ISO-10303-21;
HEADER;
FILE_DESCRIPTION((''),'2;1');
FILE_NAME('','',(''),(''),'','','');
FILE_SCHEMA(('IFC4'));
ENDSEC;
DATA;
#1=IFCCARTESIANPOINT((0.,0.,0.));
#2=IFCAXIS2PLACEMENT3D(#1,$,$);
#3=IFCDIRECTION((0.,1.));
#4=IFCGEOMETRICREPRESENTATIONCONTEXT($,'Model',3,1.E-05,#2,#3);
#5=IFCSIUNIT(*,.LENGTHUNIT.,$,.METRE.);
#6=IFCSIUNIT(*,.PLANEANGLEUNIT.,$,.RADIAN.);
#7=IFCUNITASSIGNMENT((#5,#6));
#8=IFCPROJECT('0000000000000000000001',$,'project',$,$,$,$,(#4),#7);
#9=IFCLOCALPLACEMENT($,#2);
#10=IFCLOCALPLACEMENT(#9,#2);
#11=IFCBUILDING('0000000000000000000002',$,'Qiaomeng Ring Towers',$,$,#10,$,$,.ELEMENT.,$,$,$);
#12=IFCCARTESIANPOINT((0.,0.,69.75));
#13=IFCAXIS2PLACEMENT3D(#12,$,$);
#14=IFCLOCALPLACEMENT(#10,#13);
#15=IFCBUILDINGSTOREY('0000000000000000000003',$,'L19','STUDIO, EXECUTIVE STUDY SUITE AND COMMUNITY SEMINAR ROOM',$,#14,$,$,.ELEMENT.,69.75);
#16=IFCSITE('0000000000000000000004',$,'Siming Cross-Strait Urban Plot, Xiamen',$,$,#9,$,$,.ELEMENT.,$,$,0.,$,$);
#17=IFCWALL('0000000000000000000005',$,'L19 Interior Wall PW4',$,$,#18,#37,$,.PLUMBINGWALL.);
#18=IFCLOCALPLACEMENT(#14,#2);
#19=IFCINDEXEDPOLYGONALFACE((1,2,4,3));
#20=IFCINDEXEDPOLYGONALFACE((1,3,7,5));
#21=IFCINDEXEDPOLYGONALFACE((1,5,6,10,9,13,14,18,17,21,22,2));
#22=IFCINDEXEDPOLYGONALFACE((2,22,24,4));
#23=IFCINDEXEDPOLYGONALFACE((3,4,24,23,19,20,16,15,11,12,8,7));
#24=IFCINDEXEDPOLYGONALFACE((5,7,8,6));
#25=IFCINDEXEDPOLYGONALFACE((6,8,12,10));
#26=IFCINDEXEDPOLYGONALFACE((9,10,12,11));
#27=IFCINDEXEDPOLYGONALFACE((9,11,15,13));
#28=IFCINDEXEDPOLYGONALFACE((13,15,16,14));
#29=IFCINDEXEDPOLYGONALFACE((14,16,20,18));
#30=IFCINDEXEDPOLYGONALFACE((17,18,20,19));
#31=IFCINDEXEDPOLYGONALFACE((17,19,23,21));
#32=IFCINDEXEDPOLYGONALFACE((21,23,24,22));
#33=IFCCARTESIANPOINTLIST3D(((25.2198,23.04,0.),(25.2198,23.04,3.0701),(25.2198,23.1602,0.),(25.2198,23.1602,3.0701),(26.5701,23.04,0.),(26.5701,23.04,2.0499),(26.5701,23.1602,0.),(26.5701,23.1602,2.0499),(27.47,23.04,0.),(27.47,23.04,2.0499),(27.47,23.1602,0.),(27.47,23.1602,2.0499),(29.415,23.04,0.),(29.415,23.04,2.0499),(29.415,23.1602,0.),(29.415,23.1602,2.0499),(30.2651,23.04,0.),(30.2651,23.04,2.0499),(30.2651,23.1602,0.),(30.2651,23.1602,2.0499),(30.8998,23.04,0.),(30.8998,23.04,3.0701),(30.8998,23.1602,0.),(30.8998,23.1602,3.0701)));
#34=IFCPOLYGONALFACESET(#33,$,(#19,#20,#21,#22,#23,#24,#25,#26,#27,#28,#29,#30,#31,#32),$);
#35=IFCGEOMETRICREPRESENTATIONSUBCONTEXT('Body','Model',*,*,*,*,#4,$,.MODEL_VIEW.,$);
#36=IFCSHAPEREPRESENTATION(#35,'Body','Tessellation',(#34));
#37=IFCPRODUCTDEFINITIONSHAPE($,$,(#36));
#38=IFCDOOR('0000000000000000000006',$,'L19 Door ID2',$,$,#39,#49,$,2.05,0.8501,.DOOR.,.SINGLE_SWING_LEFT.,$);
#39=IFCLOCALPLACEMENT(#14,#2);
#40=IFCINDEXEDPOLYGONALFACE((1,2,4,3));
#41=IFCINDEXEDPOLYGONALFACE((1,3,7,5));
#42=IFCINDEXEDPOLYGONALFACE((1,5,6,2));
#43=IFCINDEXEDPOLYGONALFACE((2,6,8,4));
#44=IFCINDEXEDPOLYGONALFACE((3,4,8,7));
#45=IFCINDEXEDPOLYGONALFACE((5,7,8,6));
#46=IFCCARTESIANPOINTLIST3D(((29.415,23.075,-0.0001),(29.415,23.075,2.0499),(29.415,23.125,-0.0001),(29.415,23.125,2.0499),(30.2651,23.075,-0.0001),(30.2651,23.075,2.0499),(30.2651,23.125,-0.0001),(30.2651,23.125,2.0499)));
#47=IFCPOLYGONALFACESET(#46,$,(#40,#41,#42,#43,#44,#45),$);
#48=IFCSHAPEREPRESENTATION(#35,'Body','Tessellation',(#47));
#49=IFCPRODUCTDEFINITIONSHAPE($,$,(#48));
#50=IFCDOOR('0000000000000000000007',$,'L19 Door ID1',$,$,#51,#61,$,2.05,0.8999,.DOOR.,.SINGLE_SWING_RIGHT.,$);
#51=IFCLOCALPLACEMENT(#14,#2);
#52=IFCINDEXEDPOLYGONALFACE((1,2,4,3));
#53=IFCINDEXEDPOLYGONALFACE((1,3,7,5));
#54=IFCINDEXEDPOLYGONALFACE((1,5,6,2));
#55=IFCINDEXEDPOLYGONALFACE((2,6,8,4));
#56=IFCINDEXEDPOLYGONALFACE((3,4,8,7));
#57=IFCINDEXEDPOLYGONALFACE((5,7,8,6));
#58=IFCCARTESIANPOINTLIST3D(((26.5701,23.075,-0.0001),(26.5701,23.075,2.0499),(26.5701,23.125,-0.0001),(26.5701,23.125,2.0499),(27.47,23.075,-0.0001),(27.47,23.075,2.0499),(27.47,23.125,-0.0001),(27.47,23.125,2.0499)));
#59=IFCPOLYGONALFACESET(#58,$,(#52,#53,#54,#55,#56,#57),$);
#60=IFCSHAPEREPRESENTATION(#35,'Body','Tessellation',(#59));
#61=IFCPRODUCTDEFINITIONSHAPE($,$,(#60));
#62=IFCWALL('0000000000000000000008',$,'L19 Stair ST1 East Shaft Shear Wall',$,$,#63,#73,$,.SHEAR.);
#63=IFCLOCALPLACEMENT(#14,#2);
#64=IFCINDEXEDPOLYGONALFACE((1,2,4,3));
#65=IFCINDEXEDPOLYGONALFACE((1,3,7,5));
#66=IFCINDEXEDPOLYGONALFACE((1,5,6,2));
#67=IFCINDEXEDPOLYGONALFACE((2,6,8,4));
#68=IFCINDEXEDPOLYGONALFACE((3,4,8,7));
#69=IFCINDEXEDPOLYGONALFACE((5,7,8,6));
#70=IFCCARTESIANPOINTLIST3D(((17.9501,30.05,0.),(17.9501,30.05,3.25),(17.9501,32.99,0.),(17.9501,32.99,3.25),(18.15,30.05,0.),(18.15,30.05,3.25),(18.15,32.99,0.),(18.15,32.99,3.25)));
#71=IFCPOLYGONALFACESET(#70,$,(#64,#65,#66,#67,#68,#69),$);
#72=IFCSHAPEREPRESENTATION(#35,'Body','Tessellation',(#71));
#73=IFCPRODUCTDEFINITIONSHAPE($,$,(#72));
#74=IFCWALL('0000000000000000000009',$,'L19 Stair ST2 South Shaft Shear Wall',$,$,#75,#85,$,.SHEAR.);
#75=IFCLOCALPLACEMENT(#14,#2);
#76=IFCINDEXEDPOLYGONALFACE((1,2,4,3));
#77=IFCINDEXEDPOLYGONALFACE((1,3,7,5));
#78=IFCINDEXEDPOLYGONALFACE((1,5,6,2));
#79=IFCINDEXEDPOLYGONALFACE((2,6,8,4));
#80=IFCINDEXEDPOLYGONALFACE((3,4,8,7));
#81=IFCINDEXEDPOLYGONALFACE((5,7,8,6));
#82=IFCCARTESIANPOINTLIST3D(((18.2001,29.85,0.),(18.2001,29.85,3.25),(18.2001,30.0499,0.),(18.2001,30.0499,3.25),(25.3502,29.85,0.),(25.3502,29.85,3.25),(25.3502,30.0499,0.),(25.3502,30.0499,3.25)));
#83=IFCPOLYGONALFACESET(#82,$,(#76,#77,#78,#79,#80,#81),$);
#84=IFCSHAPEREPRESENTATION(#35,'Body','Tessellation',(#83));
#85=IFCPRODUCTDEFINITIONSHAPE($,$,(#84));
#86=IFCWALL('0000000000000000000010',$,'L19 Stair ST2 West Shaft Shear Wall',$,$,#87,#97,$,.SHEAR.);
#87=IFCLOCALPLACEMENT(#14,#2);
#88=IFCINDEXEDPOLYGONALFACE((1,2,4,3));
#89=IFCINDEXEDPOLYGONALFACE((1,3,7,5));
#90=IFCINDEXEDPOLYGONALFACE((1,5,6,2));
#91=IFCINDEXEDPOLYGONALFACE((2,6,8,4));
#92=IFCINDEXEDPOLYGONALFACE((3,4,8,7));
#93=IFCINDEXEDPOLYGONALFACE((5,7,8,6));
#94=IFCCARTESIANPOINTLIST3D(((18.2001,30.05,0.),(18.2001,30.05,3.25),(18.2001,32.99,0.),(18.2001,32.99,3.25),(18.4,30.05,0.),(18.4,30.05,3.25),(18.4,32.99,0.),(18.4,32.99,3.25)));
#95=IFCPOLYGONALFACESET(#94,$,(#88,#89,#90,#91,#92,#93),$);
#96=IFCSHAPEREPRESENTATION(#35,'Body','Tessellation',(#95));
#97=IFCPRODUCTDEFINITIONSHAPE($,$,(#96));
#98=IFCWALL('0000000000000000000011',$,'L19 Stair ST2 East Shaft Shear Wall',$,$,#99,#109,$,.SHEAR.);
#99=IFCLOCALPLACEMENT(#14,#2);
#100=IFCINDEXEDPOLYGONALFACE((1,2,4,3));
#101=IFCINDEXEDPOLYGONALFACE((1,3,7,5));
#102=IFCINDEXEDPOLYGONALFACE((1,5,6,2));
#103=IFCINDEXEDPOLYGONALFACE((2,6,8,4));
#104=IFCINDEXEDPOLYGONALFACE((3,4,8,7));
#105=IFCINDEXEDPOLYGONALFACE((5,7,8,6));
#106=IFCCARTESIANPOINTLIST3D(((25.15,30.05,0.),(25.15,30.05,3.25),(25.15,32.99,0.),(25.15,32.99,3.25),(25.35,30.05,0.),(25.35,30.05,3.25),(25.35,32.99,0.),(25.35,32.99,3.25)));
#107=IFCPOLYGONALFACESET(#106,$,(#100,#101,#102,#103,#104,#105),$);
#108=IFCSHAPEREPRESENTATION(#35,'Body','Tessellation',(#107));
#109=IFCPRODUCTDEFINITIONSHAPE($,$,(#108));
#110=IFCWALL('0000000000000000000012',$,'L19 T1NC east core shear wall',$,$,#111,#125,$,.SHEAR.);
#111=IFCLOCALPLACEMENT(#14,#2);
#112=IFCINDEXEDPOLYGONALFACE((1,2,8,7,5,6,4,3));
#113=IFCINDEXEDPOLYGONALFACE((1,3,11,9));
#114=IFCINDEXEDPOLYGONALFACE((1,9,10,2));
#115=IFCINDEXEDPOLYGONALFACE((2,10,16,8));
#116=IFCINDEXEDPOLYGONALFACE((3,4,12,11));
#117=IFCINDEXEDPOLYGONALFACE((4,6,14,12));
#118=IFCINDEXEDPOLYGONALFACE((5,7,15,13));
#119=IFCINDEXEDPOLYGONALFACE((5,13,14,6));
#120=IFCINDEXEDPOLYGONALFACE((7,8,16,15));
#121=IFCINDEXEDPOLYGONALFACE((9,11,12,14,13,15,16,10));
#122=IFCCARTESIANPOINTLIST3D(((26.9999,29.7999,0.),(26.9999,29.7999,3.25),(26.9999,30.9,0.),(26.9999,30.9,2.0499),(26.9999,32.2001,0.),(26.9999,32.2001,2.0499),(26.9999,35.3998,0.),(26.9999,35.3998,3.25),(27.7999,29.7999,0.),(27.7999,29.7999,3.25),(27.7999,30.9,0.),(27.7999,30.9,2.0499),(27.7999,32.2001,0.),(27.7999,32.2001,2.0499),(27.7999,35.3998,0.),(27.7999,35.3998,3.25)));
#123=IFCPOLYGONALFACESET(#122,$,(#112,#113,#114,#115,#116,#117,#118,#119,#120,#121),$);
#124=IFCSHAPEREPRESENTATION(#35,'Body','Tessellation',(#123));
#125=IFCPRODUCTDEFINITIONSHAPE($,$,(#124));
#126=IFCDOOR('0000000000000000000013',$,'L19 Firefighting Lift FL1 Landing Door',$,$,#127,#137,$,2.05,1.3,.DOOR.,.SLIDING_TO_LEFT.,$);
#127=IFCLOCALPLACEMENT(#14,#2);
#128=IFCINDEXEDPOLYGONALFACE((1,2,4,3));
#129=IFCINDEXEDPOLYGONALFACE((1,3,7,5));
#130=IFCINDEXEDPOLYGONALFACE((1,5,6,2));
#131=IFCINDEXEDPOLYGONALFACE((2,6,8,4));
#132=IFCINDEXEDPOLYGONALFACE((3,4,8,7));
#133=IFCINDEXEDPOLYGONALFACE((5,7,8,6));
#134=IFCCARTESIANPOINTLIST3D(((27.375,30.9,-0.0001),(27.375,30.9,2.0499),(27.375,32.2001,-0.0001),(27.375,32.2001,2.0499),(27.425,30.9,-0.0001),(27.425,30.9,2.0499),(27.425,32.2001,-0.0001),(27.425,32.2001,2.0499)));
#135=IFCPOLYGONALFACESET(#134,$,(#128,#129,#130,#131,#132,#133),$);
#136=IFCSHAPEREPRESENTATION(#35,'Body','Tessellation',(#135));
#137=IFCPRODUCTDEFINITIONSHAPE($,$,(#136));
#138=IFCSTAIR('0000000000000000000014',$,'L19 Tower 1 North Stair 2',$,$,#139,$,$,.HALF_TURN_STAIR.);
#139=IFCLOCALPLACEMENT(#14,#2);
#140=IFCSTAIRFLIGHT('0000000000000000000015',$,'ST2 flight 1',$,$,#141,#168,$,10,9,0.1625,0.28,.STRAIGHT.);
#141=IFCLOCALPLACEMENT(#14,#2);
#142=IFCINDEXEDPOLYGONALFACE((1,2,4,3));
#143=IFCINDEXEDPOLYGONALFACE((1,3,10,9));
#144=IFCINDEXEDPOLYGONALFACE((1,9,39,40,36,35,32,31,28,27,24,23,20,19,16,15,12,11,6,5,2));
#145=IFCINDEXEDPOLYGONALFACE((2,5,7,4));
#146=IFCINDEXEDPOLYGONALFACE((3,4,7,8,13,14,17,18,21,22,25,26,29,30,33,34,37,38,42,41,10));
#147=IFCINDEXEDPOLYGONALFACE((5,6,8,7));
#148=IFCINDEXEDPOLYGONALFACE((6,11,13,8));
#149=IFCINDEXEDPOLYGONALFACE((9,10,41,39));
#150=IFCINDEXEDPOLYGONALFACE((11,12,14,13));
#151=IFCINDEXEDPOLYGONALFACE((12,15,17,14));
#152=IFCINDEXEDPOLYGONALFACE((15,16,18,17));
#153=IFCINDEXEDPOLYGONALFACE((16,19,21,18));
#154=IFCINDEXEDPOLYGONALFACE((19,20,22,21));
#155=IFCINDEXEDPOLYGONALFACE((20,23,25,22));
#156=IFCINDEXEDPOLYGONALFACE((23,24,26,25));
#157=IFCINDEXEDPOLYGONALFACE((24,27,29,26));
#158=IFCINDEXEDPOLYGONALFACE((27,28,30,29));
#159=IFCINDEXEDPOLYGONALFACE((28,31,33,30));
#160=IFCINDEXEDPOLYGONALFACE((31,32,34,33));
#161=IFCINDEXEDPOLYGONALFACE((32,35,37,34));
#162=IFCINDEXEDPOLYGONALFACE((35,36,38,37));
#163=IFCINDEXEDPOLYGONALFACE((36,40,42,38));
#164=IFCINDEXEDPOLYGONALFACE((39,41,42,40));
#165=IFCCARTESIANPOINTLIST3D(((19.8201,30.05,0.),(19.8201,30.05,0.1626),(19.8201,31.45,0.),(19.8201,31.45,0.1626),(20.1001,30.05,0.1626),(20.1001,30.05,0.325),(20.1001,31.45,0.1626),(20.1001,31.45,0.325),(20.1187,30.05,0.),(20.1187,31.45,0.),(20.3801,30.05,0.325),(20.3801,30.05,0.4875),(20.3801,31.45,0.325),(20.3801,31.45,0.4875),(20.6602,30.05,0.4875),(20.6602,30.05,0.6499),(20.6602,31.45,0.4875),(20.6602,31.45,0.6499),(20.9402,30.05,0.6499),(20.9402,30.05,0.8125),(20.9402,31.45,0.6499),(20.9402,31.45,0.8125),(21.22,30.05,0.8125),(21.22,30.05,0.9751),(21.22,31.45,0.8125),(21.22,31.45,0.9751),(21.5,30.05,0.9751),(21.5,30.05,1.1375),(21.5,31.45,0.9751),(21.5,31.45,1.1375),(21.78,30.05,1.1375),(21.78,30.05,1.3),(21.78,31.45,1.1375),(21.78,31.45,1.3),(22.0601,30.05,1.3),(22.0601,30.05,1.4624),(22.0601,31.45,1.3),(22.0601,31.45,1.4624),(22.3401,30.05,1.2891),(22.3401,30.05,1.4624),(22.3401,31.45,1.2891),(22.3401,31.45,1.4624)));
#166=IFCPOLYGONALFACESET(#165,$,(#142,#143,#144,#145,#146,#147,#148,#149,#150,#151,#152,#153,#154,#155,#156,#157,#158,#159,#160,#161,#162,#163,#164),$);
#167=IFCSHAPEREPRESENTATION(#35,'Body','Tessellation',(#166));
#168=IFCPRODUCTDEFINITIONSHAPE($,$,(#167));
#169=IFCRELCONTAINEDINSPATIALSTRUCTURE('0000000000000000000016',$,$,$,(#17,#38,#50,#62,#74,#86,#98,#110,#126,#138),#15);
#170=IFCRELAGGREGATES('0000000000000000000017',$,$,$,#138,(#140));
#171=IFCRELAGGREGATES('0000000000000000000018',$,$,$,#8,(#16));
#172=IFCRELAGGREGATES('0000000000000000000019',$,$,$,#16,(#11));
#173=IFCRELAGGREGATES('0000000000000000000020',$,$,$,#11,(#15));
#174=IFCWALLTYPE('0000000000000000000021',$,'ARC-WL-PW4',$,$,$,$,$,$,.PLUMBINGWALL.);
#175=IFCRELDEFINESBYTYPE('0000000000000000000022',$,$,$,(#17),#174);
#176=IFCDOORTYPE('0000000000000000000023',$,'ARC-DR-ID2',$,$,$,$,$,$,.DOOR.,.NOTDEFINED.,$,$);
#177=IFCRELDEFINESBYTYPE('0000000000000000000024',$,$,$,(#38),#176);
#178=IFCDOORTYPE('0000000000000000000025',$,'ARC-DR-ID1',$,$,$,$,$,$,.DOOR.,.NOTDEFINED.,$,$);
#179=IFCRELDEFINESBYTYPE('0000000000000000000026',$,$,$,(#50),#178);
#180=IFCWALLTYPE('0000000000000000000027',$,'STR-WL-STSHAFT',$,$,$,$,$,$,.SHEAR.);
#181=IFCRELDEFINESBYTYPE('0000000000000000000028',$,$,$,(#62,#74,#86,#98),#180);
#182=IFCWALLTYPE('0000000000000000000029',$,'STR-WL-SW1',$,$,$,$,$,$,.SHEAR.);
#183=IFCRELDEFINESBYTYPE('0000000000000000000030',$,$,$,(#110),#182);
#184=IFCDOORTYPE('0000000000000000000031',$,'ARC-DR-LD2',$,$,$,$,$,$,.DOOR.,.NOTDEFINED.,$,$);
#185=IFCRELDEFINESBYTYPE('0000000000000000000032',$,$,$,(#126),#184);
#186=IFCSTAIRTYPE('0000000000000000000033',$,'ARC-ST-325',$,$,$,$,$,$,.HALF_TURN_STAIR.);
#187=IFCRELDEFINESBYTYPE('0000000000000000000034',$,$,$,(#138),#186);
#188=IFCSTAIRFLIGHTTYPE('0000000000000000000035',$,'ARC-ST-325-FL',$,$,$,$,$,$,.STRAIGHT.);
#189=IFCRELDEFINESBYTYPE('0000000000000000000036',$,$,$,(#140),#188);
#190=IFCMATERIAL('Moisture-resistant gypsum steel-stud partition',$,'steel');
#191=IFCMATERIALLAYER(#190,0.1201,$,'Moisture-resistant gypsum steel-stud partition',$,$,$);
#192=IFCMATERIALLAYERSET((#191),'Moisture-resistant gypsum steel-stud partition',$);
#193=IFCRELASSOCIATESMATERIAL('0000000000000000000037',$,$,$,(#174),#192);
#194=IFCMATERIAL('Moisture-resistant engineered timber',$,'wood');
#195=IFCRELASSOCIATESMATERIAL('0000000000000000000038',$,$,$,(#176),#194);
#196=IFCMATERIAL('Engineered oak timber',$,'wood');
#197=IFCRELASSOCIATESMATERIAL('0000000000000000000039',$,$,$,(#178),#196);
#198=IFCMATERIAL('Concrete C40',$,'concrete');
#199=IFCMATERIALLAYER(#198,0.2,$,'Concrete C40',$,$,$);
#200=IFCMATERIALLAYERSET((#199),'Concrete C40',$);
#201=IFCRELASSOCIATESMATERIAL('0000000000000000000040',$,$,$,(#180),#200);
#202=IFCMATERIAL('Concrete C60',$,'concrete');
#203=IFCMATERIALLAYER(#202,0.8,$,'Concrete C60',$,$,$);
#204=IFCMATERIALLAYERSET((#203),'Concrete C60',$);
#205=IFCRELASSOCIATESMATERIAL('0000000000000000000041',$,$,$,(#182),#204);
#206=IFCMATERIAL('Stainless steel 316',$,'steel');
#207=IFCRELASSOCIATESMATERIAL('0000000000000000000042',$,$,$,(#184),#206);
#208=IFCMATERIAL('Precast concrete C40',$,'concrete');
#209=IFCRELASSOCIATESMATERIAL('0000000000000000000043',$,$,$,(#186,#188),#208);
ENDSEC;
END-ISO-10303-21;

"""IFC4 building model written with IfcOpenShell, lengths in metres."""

from ifc_helpers import new_model, si_unit, direction, frame, frame_2d, origin, place, context, subcontext, project, spatial, polyline, rectangle, outline, extrude, source, transform, mapped, material, layer, layer_set, type_object, element, fill, aggregate, save


model = new_model("IFC4")

# Units and contexts
model_context = context("Model", 3, precision=1e-05, world=origin(), true_north=direction((0.0, 1.0)))
body_context = subcontext(model_context, "Body", "Model", "MODEL_VIEW")
ifc_project = project(units=[si_unit("LENGTHUNIT", "METRE"), si_unit("PLANEANGLEUNIT", "RADIAN")], contexts=[model_context])

# Site, building, storey
site_placement = place(None, origin())
site = spatial("IfcSite", under=ifc_project, at=site_placement, Name="Siming Cross-Strait Urban Plot, Xiamen", CompositionType="ELEMENT", RefElevation=0.0)
building_placement = place(site_placement, origin())
building = spatial("IfcBuilding", under=site, at=building_placement, Name="Qiaomeng Ring Towers", CompositionType="ELEMENT")
storey_placement = place(building_placement, frame((0.0, 0.0, 69.75)))
storey = spatial("IfcBuildingStorey", under=building, at=storey_placement, Name="L19", Description="STUDIO, EXECUTIVE STUDY SUITE AND COMMUNITY SEMINAR ROOM", CompositionType="ELEMENT", Elevation=69.75)

# Wall, openings, doors
ifc_material_1 = material(Name="Moisture-resistant gypsum steel-stud partition", Category="steel")
ifc_layer_1 = layer(ifc_material_1, 0.1201, Name="Moisture-resistant gypsum steel-stud partition")
ifc_layer_set_1 = layer_set([ifc_layer_1], Name="Moisture-resistant gypsum steel-stud partition")
wall_type_1 = type_object("IfcWallType", Name="ARC-WL-PW4", PredefinedType="PLUMBINGWALL", material=ifc_layer_set_1)
wall_1_placement = place(storey_placement, frame((25.22, 23.1001, 0.0), z_axis=(0.0, 0.0, 1.0), x_axis=(1.0, 0.0, 0.0)))
wall_1 = element("IfcWall", 1, at=wall_1_placement, inside=storey, type_object=wall_type_1, Name="L19 Interior Wall PW4", PredefinedType="PLUMBINGWALL", context=body_context, shape_type="SweptSolid", body=[
    extrude(rectangle(XDim=5.6799, YDim=0.1201, at=frame_2d((2.8398, 0.0))), origin(), (0.0, 0.0, 1.0), 3.0701),
])
opening_1_placement = place(wall_1_placement, frame((1.3501, 0.0, 0.0)))
opening_1 = element("IfcOpeningElement", 2, at=opening_1_placement, cuts=wall_1, PredefinedType="OPENING", context=body_context, shape_type="SweptSolid", body=[
    extrude(rectangle(XDim=0.8999, YDim=2.05, at=frame_2d((0.45, 1.0249))), frame((0.0, 0.0701, 0.0), z_axis=(0.0, -1.0, 0.0), x_axis=(1.0, 0.0, 0.0)), (0.0, 0.0, 1.0), 0.1401),
])
opening_2_placement = place(wall_1_placement, frame((4.1951, 0.0, 0.0)))
opening_2 = element("IfcOpeningElement", 3, at=opening_2_placement, cuts=wall_1, PredefinedType="OPENING", context=body_context, shape_type="SweptSolid", body=[
    extrude(rectangle(XDim=0.8501, YDim=2.05, at=frame_2d((0.425, 1.0249))), frame((0.0, 0.0701, 0.0), z_axis=(0.0, -1.0, 0.0), x_axis=(1.0, 0.0, 0.0)), (0.0, 0.0, 1.0), 0.1401),
])
ifc_material_2 = material(Name="Moisture-resistant engineered timber", Category="wood")
door_type_1 = type_object("IfcDoorType", Name="ARC-DR-ID2", OperationType="NOTDEFINED", PredefinedType="DOOR", material=ifc_material_2)
shared_shape_1 = source(origin(), body_context, "Body", "SweptSolid", [
    extrude(rectangle(XDim=0.8501, YDim=2.05, at=frame_2d((0.425, 1.0249))), frame((0.0, 0.0249, 0.0), z_axis=(0.0, -1.0, 0.0), x_axis=(1.0, 0.0, 0.0)), (0.0, 0.0, 1.0), 0.05),
])
door_1_placement = place(opening_2_placement, origin())
door_1 = element("IfcDoor", 4, at=door_1_placement, inside=storey, type_object=door_type_1, Name="L19 Door ID2", OperationType="SINGLE_SWING_LEFT", OverallHeight=2.05, OverallWidth=0.8501, PredefinedType="DOOR", context=body_context, shape_type="MappedRepresentation", body=[
    mapped(shared_shape_1, transform((0.0, 0.0, 0.0), x_axis=(1.0, 0.0, 0.0), y_axis=(0.0, 1.0, 0.0), z_axis=(0.0, 0.0, 1.0), scale=1.0)),
])
fill(opening_2, door_1)
ifc_material_3 = material(Name="Engineered oak timber", Category="wood")
door_type_2 = type_object("IfcDoorType", Name="ARC-DR-ID1", OperationType="NOTDEFINED", PredefinedType="DOOR", material=ifc_material_3)
shared_shape_2 = source(origin(), body_context, "Body", "SweptSolid", [
    extrude(rectangle(XDim=0.8999, YDim=2.05, at=frame_2d((0.45, 1.0249))), frame((0.0, 0.0249, 0.0), z_axis=(0.0, -1.0, 0.0), x_axis=(1.0, 0.0, 0.0)), (0.0, 0.0, 1.0), 0.05),
])
door_2_placement = place(opening_1_placement, origin())
door_2 = element("IfcDoor", 5, at=door_2_placement, inside=storey, type_object=door_type_2, Name="L19 Door ID1", OperationType="SINGLE_SWING_RIGHT", OverallHeight=2.05, OverallWidth=0.8999, PredefinedType="DOOR", context=body_context, shape_type="MappedRepresentation", body=[
    mapped(shared_shape_2, transform((0.0, 0.0, 0.0), x_axis=(1.0, 0.0, 0.0), y_axis=(0.0, 1.0, 0.0), z_axis=(0.0, 0.0, 1.0), scale=1.0)),
])
fill(opening_1, door_2)

# Walls
ifc_material_4 = material(Name="Concrete C40", Category="concrete")
ifc_layer_2 = layer(ifc_material_4, 0.2, Name="Concrete C40")
ifc_layer_set_2 = layer_set([ifc_layer_2], Name="Concrete C40")
wall_type_2 = type_object("IfcWallType", Name="STR-WL-STSHAFT", PredefinedType="SHEAR", material=ifc_layer_set_2)
wall_2_placement = place(storey_placement, frame((18.05, 30.05, 0.0), z_axis=(0.0, 0.0, 1.0), x_axis=(0.0, 1.0, 0.0)))
element("IfcWall", 6, at=wall_2_placement, inside=storey, type_object=wall_type_2, Name="L19 Stair ST1 East Shaft Shear Wall", PredefinedType="SHEAR", context=body_context, shape_type="SweptSolid", body=[
    extrude(rectangle(XDim=2.9399, YDim=0.2, at=frame_2d((1.47, 0.0))), origin(), (0.0, 0.0, 1.0), 3.25),
])
wall_3_placement = place(storey_placement, frame((18.2, 29.95, 0.0), z_axis=(0.0, 0.0, 1.0), x_axis=(1.0, 0.0, 0.0)))
element("IfcWall", 7, at=wall_3_placement, inside=storey, type_object=wall_type_2, Name="L19 Stair ST2 South Shaft Shear Wall", PredefinedType="SHEAR", context=body_context, shape_type="SweptSolid", body=[
    extrude(rectangle(XDim=7.1501, YDim=0.2, at=frame_2d((3.5752, 0.0))), origin(), (0.0, 0.0, 1.0), 3.25),
])
for number, where, z_axis, x_axis, name in (
    (8, (18.3, 30.05, 0.0), (0.0, 0.0, 1.0), (0.0, 1.0, 0.0), "L19 Stair ST2 West Shaft Shear Wall"),
    (9, (25.25, 30.05, 0.0), (0.0, 0.0, 1.0), (0.0, 1.0, 0.0), "L19 Stair ST2 East Shaft Shear Wall"),
):
    element("IfcWall", number, at=place(storey_placement, frame(where, z_axis=z_axis, x_axis=x_axis)), inside=storey, type_object=wall_type_2, Name=name, PredefinedType="SHEAR", context=body_context, shape_type="SweptSolid", body=[
        extrude(rectangle(XDim=2.9399, YDim=0.2, at=frame_2d((1.47, 0.0))), origin(), (0.0, 0.0, 1.0), 3.25),
    ])

# Wall, opening, door
ifc_material_5 = material(Name="Concrete C60", Category="concrete")
ifc_layer_3 = layer(ifc_material_5, 0.8, Name="Concrete C60")
ifc_layer_set_3 = layer_set([ifc_layer_3], Name="Concrete C60")
wall_type_3 = type_object("IfcWallType", Name="STR-WL-SW1", PredefinedType="SHEAR", material=ifc_layer_set_3)
wall_4_placement = place(storey_placement, frame((27.3999, 29.8, 0.0), z_axis=(0.0, 0.0, 1.0), x_axis=(0.0, 1.0, 0.0)))
wall_4 = element("IfcWall", 10, at=wall_4_placement, inside=storey, type_object=wall_type_3, Name="L19 T1NC east core shear wall", PredefinedType="SHEAR", context=body_context, shape_type="SweptSolid", body=[
    extrude(rectangle(XDim=5.5999, YDim=0.8, at=frame_2d((2.7998, 0.0))), origin(), (0.0, 0.0, 1.0), 3.25),
])
opening_3_placement = place(wall_4_placement, frame((1.1001, 0.0, 0.0)))
opening_3 = element("IfcOpeningElement", 11, at=opening_3_placement, cuts=wall_4, PredefinedType="OPENING", context=body_context, shape_type="SweptSolid", body=[
    extrude(rectangle(XDim=1.3, YDim=2.05, at=frame_2d((0.6499, 1.0249))), frame((0.0, 0.4099, 0.0), z_axis=(0.0, -1.0, 0.0), x_axis=(1.0, 0.0, 0.0)), (0.0, 0.0, 1.0), 0.8201),
])
ifc_material_6 = material(Name="Stainless steel 316", Category="steel")
door_type_3 = type_object("IfcDoorType", Name="ARC-DR-LD2", OperationType="NOTDEFINED", PredefinedType="DOOR", material=ifc_material_6)
shared_shape_3 = source(origin(), body_context, "Body", "SweptSolid", [
    extrude(rectangle(XDim=1.3, YDim=2.05, at=frame_2d((0.6499, 1.0249))), frame((0.0, 0.0249, 0.0), z_axis=(0.0, -1.0, 0.0), x_axis=(1.0, 0.0, 0.0)), (0.0, 0.0, 1.0), 0.05),
])
door_3_placement = place(opening_3_placement, origin())
door_3 = element("IfcDoor", 12, at=door_3_placement, inside=storey, type_object=door_type_3, Name="L19 Firefighting Lift FL1 Landing Door", OperationType="SLIDING_TO_LEFT", OverallHeight=2.05, OverallWidth=1.3, PredefinedType="DOOR", context=body_context, shape_type="MappedRepresentation", body=[
    mapped(shared_shape_3, transform((0.0, 0.0, 0.0), x_axis=(1.0, 0.0, 0.0), y_axis=(0.0, 1.0, 0.0), z_axis=(0.0, 0.0, 1.0), scale=1.0)),
])
fill(opening_3, door_3)

# Stair, stair flight
ifc_material_7 = material(Name="Precast concrete C40", Category="concrete")
stair_type = type_object("IfcStairType", Name="ARC-ST-325", PredefinedType="HALF_TURN_STAIR", material=ifc_material_7)
stair_placement = place(storey_placement, origin())
stair = element("IfcStair", 13, at=stair_placement, inside=storey, type_object=stair_type, Name="L19 Tower 1 North Stair 2", PredefinedType="HALF_TURN_STAIR")
stair_flight_type = type_object("IfcStairFlightType", Name="ARC-ST-325-FL", PredefinedType="STRAIGHT", material=ifc_material_7)
shared_shape_4 = source(origin(), body_context, "Body", "SweptSolid", [
    extrude(outline(polyline([(0.0, 0.0), (0.0, 0.1626), (0.28, 0.1626), (0.28, 0.325), (0.5601, 0.325), (0.5601, 0.4875), (0.8401, 0.4875), (0.8401, 0.6499), (1.1201, 0.6499), (1.1201, 0.8125), (1.3999, 0.8125), (1.3999, 0.9751), (1.6799, 0.9751), (1.6799, 1.1375), (1.96, 1.1375), (1.96, 1.3), (2.24, 1.3), (2.24, 1.4624), (2.52, 1.4624), (2.52, 1.625), (2.52, 1.2891), (0.2986, 0.0), (0.0, 0.0)])), frame((0.0, 0.7, 0.0), z_axis=(0.0, -1.0, 0.0), x_axis=(1.0, 0.0, 0.0)), (0.0, 0.0, 1.0), 1.3999),
])
stair_flight_placement = place(storey_placement, frame((19.8201, 30.75, 0.0), z_axis=(0.0, 0.0, 1.0), x_axis=(1.0, 0.0, 0.0)))
stair_flight = element("IfcStairFlight", 14, at=stair_flight_placement, type_object=stair_flight_type, Name="ST2 flight 1", NumberOfRisers=10, NumberOfTreads=9, PredefinedType="STRAIGHT", RiserHeight=0.1625, TreadLength=0.28, context=body_context, shape_type="MappedRepresentation", body=[
    mapped(shared_shape_4, transform((0.0, 0.0, 0.0), x_axis=(1.0, 0.0, 0.0), y_axis=(0.0, 1.0, 0.0), z_axis=(0.0, 0.0, 1.0), scale=1.0)),
])
aggregate(stair, [stair_flight])

save(model, "model.ifc")
